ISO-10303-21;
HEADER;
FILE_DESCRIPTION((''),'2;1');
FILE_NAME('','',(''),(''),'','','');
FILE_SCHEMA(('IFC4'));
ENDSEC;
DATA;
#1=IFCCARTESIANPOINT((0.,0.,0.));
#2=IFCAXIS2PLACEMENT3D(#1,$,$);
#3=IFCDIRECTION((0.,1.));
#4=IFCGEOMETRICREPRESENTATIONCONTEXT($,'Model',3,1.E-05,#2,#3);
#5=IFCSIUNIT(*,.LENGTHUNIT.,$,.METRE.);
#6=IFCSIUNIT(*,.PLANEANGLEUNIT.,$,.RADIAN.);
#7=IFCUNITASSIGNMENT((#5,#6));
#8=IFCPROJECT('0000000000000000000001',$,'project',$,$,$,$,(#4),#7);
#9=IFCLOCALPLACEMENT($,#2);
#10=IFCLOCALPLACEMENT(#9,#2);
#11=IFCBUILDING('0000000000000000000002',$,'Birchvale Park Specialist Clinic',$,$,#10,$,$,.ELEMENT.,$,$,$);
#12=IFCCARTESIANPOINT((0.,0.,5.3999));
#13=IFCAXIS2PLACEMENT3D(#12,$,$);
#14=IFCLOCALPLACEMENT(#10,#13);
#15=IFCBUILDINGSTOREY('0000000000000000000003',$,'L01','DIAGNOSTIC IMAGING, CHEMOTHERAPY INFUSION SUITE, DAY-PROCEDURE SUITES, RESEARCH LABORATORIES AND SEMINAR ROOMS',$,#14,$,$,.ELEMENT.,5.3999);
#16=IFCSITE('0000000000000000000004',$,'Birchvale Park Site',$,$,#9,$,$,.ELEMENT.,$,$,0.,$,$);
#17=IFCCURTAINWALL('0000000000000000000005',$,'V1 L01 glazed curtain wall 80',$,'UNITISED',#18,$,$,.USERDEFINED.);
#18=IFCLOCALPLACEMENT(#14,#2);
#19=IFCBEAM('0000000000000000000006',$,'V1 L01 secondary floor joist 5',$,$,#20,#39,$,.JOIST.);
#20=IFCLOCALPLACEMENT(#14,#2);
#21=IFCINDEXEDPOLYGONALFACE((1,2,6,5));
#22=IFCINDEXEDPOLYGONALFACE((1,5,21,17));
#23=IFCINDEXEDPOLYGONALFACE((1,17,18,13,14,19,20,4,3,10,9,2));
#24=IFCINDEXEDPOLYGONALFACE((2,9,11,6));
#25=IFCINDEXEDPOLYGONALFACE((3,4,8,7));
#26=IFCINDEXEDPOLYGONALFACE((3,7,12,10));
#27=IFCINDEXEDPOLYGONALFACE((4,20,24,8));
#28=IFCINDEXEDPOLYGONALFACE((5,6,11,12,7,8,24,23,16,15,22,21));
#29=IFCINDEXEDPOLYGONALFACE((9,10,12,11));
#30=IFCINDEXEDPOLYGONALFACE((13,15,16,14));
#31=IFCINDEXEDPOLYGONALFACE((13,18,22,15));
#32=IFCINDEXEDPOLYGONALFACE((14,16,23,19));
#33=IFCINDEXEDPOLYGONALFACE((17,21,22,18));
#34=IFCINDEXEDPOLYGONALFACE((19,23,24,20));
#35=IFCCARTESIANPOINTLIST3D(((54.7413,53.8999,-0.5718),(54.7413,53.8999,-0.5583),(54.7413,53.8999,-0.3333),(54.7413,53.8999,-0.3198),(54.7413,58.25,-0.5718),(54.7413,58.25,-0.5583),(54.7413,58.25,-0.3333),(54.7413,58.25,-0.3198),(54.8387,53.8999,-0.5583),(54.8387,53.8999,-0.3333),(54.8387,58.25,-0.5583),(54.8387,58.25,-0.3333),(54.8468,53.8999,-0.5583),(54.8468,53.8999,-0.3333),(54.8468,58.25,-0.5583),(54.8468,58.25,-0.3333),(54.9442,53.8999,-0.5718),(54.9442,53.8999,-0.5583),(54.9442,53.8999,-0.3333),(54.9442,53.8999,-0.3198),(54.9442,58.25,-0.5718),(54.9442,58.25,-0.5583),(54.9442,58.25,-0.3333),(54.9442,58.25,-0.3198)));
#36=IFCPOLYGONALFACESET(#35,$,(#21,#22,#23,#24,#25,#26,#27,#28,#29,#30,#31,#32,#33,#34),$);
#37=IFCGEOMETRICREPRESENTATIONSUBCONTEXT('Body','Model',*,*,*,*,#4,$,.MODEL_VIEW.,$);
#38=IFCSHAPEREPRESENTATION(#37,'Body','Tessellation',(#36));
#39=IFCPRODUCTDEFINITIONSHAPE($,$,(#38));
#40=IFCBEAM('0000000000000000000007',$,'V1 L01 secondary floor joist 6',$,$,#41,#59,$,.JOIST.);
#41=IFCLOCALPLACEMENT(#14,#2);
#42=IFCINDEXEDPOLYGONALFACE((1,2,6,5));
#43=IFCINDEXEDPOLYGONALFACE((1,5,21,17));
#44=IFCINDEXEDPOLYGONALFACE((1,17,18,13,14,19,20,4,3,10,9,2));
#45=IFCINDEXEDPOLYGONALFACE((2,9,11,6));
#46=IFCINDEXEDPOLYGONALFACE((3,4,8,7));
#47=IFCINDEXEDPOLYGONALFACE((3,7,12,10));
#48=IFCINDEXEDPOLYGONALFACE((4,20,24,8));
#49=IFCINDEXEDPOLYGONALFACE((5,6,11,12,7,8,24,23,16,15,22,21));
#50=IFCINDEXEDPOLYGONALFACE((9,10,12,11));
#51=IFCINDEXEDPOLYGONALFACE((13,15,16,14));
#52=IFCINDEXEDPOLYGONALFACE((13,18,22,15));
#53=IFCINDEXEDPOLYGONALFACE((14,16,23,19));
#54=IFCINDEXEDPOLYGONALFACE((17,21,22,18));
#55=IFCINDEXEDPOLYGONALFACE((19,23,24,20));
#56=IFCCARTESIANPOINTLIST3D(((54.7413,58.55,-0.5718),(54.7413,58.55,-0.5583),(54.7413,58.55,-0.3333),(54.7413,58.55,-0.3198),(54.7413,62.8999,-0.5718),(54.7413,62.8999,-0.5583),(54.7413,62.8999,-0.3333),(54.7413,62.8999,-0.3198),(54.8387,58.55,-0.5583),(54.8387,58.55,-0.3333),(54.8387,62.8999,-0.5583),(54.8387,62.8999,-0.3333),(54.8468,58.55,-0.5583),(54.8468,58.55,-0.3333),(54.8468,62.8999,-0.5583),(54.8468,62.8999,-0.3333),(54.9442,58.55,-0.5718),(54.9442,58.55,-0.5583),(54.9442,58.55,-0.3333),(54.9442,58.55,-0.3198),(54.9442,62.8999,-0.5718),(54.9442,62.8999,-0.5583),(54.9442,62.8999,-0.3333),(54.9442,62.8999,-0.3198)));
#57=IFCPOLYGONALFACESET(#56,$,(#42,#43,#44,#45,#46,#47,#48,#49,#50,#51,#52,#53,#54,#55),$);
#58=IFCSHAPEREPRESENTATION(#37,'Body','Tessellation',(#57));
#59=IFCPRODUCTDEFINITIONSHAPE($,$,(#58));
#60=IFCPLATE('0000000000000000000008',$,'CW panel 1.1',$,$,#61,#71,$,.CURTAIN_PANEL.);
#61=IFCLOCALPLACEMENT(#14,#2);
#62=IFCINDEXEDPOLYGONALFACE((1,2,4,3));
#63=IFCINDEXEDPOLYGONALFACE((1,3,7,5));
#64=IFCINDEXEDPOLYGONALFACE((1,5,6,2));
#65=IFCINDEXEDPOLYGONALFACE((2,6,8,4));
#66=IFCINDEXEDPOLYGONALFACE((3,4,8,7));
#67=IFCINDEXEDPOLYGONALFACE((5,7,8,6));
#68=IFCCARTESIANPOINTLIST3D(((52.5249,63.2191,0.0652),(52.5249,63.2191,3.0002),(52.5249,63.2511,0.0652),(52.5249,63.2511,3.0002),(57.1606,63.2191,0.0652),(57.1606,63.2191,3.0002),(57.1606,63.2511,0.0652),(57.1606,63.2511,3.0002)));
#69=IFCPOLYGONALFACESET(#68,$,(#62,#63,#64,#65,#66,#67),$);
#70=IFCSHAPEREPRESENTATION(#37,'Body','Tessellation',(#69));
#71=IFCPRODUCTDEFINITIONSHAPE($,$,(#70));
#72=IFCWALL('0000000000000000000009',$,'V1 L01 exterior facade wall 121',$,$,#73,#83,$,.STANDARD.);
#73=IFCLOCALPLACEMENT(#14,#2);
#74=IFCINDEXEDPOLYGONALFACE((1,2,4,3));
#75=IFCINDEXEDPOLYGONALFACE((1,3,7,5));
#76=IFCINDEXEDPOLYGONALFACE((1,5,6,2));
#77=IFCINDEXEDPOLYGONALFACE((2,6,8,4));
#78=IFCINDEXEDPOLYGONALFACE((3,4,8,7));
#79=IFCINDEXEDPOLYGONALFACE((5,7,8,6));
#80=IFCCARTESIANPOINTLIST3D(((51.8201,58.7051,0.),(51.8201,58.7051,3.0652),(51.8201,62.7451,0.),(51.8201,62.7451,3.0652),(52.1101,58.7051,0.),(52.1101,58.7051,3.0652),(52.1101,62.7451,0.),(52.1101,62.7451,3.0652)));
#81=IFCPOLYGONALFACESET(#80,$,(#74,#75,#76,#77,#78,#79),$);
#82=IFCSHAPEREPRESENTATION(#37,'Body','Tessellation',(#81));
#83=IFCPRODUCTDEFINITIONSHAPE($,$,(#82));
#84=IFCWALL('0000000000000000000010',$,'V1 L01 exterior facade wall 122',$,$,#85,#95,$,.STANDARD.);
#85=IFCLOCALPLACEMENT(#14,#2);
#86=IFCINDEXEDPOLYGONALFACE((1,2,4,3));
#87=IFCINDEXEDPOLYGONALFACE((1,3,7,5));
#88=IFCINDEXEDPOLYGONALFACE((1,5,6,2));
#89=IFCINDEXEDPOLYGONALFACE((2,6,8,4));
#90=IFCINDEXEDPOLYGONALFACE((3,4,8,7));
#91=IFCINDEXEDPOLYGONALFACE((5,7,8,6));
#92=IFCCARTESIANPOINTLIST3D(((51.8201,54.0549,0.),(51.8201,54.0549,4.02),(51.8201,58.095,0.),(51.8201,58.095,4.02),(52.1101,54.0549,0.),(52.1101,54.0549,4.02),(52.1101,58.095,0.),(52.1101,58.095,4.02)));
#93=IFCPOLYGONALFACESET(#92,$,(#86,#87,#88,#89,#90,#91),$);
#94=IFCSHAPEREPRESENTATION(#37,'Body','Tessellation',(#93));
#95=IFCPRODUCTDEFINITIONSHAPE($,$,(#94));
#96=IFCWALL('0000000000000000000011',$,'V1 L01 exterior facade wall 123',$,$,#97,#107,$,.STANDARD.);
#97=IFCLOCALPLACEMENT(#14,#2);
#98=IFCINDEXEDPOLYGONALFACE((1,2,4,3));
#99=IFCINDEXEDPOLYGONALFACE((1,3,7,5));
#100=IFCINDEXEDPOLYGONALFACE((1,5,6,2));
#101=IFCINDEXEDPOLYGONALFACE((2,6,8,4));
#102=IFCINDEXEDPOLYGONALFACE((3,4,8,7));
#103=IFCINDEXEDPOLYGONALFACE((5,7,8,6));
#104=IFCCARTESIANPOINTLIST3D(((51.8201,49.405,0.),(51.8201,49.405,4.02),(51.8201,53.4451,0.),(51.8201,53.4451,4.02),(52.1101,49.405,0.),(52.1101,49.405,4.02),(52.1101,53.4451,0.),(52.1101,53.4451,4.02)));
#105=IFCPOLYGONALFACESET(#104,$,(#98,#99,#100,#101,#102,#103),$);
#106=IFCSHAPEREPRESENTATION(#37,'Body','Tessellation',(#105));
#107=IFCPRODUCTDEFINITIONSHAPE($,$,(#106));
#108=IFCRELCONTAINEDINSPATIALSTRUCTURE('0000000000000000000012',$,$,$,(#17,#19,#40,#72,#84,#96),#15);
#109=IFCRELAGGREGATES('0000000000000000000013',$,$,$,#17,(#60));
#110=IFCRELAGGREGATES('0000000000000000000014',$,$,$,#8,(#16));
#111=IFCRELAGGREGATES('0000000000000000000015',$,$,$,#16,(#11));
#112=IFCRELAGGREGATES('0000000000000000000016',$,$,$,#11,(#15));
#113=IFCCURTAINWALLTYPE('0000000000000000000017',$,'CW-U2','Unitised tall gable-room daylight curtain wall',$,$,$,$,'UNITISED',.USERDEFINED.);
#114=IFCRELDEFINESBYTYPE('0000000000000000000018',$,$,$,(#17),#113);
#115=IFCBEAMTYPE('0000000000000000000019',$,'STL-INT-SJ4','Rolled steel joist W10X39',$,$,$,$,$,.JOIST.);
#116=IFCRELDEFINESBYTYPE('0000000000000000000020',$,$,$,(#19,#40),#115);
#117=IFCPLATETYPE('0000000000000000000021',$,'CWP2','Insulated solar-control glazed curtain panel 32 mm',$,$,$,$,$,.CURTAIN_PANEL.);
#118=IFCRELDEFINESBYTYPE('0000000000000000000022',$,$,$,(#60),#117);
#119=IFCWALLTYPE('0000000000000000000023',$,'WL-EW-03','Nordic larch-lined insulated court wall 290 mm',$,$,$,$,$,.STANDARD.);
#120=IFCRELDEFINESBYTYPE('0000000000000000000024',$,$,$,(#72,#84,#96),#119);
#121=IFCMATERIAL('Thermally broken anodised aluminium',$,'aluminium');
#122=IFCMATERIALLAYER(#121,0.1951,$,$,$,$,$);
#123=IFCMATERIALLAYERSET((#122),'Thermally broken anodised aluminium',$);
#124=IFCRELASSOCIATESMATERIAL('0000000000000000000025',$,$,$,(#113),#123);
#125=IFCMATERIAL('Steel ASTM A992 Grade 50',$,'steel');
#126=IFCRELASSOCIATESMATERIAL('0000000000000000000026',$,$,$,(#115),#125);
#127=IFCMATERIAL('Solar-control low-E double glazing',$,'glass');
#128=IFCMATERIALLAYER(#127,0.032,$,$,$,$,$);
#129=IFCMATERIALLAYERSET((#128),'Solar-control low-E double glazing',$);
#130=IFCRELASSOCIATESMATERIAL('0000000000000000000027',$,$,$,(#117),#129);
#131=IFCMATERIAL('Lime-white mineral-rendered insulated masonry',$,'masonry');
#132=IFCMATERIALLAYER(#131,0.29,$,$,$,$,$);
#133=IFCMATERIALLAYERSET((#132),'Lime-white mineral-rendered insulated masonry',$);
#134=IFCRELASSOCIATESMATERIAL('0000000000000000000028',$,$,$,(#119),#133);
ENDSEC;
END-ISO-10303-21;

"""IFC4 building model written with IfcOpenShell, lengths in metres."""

from ifc_helpers import new_model, si_unit, direction, frame, frame_2d, origin, origin_2d, place, context, subcontext, project, spatial, rectangle, i_section, extrude, material, layer, layer_set, material_profile, profile_set, type_object, element, aggregate, save


model = new_model("IFC4")

# Units and contexts
model_context = context("Model", 3, precision=1e-05, world=origin(), true_north=direction((0.0, 1.0)))
body_context = subcontext(model_context, "Body", "Model", "MODEL_VIEW")
ifc_project = project(units=[si_unit("LENGTHUNIT", "METRE"), si_unit("PLANEANGLEUNIT", "RADIAN")], contexts=[model_context])

# Site, building, storey
site_placement = place(None, origin())
site = spatial("IfcSite", under=ifc_project, at=site_placement, Name="Birchvale Park Site", CompositionType="ELEMENT", RefElevation=0.0)
building_placement = place(site_placement, origin())
building = spatial("IfcBuilding", under=site, at=building_placement, Name="Birchvale Park Specialist Clinic", CompositionType="ELEMENT")
storey_placement = place(building_placement, frame((0.0, 0.0, 5.3999)))
storey = spatial("IfcBuildingStorey", under=building, at=storey_placement, Name="L01", Description="DIAGNOSTIC IMAGING, CHEMOTHERAPY INFUSION SUITE, DAY-PROCEDURE SUITES, RESEARCH LABORATORIES AND SEMINAR ROOMS", CompositionType="ELEMENT", Elevation=5.3999)

# Curtain wall
ifc_material_1 = material(Name="Thermally broken anodised aluminium", Category="aluminium")
ifc_layer_1 = layer(ifc_material_1, 0.1951)
ifc_layer_set_1 = layer_set([ifc_layer_1], Name="Thermally broken anodised aluminium")
curtain_wall_type = type_object("IfcCurtainWallType", Name="CW-U2", Description="Unitised tall gable-room daylight curtain wall", ElementType="UNITISED", PredefinedType="USERDEFINED", material=ifc_layer_set_1)
curtain_wall_placement = place(storey_placement, origin())
curtain_wall = element("IfcCurtainWall", 1, at=curtain_wall_placement, inside=storey, type_object=curtain_wall_type, Name="V1 L01 glazed curtain wall 80", ObjectType="UNITISED", PredefinedType="USERDEFINED")

# Beams
ifc_material_2 = material(Name="Steel ASTM A992 Grade 50", Category="steel")
ifc_material_profile_1 = material_profile(ifc_material_2, i_section(OverallWidth=0.2029, OverallDepth=0.252, WebThickness=0.0081, FlangeThickness=0.0134, at=origin_2d()), Name="W10X39")
ifc_profile_set_1 = profile_set([ifc_material_profile_1], Name="Steel ASTM A992 Grade 50")
beam_type_1 = type_object("IfcBeamType", Name="STL-INT-SJ4", Description="Rolled steel joist W10X39", PredefinedType="JOIST", material=ifc_profile_set_1)
beam_1_placement = place(storey_placement, frame((54.8428, 53.8999, -0.4458), z_axis=(0.0, 1.0, 0.0), x_axis=(-1.0, 0.0, 0.0)))
element("IfcBeam", 2, at=beam_1_placement, inside=storey, type_object=beam_type_1, Name="V1 L01 secondary floor joist 5", PredefinedType="JOIST", context=body_context, shape_type="SweptSolid", body=[
    extrude(i_section(OverallWidth=0.2029, OverallDepth=0.252, WebThickness=0.0081, FlangeThickness=0.0134, at=origin_2d()), origin(), (0.0, 0.0, 1.0), 4.3501),
])
beam_2_placement = place(storey_placement, frame((54.8428, 58.55, -0.4458), z_axis=(0.0, 1.0, 0.0), x_axis=(-1.0, 0.0, 0.0)))
element("IfcBeam", 3, at=beam_2_placement, inside=storey, type_object=beam_type_1, Name="V1 L01 secondary floor joist 6", PredefinedType="JOIST", context=body_context, shape_type="SweptSolid", body=[
    extrude(i_section(OverallWidth=0.2029, OverallDepth=0.252, WebThickness=0.0081, FlangeThickness=0.0134, at=origin_2d()), origin(), (0.0, 0.0, 1.0), 4.3499),
])

# Plate
ifc_material_3 = material(Name="Solar-control low-E double glazing", Category="glass")
ifc_layer_2 = layer(ifc_material_3, 0.032)
ifc_layer_set_2 = layer_set([ifc_layer_2], Name="Solar-control low-E double glazing")
plate_type = type_object("IfcPlateType", Name="CWP2", Description="Insulated solar-control glazed curtain panel 32 mm", PredefinedType="CURTAIN_PANEL", material=ifc_layer_set_2)
plate_placement = place(storey_placement, frame((54.8428, 63.2351, 0.0652), z_axis=(0.0, 0.0, 1.0), x_axis=(-1.0, 0.0, 0.0)))
plate = element("IfcPlate", 4, at=plate_placement, type_object=plate_type, Name="CW panel 1.1", PredefinedType="CURTAIN_PANEL", context=body_context, shape_type="SweptSolid", body=[
    extrude(rectangle(XDim=4.6357, YDim=0.032, at=origin_2d()), origin(), (0.0, 0.0, 1.0), 2.9351),
])
aggregate(curtain_wall, [plate])

# Walls
ifc_material_4 = material(Name="Lime-white mineral-rendered insulated masonry", Category="masonry")
ifc_layer_3 = layer(ifc_material_4, 0.29)
ifc_layer_set_3 = layer_set([ifc_layer_3], Name="Lime-white mineral-rendered insulated masonry")
wall_type = type_object("IfcWallType", Name="WL-EW-03", Description="Nordic larch-lined insulated court wall 290 mm", PredefinedType="STANDARD", material=ifc_layer_set_3)
wall_placement = place(storey_placement, frame((51.9651, 62.7451, 0.0), z_axis=(0.0, 0.0, 1.0), x_axis=(0.0, -1.0, 0.0)))
element("IfcWall", 5, at=wall_placement, inside=storey, type_object=wall_type, Name="V1 L01 exterior facade wall 121", PredefinedType="STANDARD", context=body_context, shape_type="SweptSolid", body=[
    extrude(rectangle(XDim=4.04, YDim=0.29, at=frame_2d((2.02, 0.0))), origin(), (0.0, 0.0, 1.0), 3.0652),
])
for number, where, z_axis, x_axis, name in (
    (6, (51.9651, 58.095, 0.0), (0.0, 0.0, 1.0), (0.0, -1.0, 0.0), "V1 L01 exterior facade wall 122"),
    (7, (51.9651, 53.4451, 0.0), (0.0, 0.0, 1.0), (0.0, -1.0, 0.0), "V1 L01 exterior facade wall 123"),
):
    element("IfcWall", number, at=place(storey_placement, frame(where, z_axis=z_axis, x_axis=x_axis)), inside=storey, type_object=wall_type, Name=name, PredefinedType="STANDARD", context=body_context, shape_type="SweptSolid", body=[
        extrude(rectangle(XDim=4.04, YDim=0.29, at=frame_2d((2.02, 0.0))), origin(), (0.0, 0.0, 1.0), 4.02),
    ])

save(model, "model.ifc")
